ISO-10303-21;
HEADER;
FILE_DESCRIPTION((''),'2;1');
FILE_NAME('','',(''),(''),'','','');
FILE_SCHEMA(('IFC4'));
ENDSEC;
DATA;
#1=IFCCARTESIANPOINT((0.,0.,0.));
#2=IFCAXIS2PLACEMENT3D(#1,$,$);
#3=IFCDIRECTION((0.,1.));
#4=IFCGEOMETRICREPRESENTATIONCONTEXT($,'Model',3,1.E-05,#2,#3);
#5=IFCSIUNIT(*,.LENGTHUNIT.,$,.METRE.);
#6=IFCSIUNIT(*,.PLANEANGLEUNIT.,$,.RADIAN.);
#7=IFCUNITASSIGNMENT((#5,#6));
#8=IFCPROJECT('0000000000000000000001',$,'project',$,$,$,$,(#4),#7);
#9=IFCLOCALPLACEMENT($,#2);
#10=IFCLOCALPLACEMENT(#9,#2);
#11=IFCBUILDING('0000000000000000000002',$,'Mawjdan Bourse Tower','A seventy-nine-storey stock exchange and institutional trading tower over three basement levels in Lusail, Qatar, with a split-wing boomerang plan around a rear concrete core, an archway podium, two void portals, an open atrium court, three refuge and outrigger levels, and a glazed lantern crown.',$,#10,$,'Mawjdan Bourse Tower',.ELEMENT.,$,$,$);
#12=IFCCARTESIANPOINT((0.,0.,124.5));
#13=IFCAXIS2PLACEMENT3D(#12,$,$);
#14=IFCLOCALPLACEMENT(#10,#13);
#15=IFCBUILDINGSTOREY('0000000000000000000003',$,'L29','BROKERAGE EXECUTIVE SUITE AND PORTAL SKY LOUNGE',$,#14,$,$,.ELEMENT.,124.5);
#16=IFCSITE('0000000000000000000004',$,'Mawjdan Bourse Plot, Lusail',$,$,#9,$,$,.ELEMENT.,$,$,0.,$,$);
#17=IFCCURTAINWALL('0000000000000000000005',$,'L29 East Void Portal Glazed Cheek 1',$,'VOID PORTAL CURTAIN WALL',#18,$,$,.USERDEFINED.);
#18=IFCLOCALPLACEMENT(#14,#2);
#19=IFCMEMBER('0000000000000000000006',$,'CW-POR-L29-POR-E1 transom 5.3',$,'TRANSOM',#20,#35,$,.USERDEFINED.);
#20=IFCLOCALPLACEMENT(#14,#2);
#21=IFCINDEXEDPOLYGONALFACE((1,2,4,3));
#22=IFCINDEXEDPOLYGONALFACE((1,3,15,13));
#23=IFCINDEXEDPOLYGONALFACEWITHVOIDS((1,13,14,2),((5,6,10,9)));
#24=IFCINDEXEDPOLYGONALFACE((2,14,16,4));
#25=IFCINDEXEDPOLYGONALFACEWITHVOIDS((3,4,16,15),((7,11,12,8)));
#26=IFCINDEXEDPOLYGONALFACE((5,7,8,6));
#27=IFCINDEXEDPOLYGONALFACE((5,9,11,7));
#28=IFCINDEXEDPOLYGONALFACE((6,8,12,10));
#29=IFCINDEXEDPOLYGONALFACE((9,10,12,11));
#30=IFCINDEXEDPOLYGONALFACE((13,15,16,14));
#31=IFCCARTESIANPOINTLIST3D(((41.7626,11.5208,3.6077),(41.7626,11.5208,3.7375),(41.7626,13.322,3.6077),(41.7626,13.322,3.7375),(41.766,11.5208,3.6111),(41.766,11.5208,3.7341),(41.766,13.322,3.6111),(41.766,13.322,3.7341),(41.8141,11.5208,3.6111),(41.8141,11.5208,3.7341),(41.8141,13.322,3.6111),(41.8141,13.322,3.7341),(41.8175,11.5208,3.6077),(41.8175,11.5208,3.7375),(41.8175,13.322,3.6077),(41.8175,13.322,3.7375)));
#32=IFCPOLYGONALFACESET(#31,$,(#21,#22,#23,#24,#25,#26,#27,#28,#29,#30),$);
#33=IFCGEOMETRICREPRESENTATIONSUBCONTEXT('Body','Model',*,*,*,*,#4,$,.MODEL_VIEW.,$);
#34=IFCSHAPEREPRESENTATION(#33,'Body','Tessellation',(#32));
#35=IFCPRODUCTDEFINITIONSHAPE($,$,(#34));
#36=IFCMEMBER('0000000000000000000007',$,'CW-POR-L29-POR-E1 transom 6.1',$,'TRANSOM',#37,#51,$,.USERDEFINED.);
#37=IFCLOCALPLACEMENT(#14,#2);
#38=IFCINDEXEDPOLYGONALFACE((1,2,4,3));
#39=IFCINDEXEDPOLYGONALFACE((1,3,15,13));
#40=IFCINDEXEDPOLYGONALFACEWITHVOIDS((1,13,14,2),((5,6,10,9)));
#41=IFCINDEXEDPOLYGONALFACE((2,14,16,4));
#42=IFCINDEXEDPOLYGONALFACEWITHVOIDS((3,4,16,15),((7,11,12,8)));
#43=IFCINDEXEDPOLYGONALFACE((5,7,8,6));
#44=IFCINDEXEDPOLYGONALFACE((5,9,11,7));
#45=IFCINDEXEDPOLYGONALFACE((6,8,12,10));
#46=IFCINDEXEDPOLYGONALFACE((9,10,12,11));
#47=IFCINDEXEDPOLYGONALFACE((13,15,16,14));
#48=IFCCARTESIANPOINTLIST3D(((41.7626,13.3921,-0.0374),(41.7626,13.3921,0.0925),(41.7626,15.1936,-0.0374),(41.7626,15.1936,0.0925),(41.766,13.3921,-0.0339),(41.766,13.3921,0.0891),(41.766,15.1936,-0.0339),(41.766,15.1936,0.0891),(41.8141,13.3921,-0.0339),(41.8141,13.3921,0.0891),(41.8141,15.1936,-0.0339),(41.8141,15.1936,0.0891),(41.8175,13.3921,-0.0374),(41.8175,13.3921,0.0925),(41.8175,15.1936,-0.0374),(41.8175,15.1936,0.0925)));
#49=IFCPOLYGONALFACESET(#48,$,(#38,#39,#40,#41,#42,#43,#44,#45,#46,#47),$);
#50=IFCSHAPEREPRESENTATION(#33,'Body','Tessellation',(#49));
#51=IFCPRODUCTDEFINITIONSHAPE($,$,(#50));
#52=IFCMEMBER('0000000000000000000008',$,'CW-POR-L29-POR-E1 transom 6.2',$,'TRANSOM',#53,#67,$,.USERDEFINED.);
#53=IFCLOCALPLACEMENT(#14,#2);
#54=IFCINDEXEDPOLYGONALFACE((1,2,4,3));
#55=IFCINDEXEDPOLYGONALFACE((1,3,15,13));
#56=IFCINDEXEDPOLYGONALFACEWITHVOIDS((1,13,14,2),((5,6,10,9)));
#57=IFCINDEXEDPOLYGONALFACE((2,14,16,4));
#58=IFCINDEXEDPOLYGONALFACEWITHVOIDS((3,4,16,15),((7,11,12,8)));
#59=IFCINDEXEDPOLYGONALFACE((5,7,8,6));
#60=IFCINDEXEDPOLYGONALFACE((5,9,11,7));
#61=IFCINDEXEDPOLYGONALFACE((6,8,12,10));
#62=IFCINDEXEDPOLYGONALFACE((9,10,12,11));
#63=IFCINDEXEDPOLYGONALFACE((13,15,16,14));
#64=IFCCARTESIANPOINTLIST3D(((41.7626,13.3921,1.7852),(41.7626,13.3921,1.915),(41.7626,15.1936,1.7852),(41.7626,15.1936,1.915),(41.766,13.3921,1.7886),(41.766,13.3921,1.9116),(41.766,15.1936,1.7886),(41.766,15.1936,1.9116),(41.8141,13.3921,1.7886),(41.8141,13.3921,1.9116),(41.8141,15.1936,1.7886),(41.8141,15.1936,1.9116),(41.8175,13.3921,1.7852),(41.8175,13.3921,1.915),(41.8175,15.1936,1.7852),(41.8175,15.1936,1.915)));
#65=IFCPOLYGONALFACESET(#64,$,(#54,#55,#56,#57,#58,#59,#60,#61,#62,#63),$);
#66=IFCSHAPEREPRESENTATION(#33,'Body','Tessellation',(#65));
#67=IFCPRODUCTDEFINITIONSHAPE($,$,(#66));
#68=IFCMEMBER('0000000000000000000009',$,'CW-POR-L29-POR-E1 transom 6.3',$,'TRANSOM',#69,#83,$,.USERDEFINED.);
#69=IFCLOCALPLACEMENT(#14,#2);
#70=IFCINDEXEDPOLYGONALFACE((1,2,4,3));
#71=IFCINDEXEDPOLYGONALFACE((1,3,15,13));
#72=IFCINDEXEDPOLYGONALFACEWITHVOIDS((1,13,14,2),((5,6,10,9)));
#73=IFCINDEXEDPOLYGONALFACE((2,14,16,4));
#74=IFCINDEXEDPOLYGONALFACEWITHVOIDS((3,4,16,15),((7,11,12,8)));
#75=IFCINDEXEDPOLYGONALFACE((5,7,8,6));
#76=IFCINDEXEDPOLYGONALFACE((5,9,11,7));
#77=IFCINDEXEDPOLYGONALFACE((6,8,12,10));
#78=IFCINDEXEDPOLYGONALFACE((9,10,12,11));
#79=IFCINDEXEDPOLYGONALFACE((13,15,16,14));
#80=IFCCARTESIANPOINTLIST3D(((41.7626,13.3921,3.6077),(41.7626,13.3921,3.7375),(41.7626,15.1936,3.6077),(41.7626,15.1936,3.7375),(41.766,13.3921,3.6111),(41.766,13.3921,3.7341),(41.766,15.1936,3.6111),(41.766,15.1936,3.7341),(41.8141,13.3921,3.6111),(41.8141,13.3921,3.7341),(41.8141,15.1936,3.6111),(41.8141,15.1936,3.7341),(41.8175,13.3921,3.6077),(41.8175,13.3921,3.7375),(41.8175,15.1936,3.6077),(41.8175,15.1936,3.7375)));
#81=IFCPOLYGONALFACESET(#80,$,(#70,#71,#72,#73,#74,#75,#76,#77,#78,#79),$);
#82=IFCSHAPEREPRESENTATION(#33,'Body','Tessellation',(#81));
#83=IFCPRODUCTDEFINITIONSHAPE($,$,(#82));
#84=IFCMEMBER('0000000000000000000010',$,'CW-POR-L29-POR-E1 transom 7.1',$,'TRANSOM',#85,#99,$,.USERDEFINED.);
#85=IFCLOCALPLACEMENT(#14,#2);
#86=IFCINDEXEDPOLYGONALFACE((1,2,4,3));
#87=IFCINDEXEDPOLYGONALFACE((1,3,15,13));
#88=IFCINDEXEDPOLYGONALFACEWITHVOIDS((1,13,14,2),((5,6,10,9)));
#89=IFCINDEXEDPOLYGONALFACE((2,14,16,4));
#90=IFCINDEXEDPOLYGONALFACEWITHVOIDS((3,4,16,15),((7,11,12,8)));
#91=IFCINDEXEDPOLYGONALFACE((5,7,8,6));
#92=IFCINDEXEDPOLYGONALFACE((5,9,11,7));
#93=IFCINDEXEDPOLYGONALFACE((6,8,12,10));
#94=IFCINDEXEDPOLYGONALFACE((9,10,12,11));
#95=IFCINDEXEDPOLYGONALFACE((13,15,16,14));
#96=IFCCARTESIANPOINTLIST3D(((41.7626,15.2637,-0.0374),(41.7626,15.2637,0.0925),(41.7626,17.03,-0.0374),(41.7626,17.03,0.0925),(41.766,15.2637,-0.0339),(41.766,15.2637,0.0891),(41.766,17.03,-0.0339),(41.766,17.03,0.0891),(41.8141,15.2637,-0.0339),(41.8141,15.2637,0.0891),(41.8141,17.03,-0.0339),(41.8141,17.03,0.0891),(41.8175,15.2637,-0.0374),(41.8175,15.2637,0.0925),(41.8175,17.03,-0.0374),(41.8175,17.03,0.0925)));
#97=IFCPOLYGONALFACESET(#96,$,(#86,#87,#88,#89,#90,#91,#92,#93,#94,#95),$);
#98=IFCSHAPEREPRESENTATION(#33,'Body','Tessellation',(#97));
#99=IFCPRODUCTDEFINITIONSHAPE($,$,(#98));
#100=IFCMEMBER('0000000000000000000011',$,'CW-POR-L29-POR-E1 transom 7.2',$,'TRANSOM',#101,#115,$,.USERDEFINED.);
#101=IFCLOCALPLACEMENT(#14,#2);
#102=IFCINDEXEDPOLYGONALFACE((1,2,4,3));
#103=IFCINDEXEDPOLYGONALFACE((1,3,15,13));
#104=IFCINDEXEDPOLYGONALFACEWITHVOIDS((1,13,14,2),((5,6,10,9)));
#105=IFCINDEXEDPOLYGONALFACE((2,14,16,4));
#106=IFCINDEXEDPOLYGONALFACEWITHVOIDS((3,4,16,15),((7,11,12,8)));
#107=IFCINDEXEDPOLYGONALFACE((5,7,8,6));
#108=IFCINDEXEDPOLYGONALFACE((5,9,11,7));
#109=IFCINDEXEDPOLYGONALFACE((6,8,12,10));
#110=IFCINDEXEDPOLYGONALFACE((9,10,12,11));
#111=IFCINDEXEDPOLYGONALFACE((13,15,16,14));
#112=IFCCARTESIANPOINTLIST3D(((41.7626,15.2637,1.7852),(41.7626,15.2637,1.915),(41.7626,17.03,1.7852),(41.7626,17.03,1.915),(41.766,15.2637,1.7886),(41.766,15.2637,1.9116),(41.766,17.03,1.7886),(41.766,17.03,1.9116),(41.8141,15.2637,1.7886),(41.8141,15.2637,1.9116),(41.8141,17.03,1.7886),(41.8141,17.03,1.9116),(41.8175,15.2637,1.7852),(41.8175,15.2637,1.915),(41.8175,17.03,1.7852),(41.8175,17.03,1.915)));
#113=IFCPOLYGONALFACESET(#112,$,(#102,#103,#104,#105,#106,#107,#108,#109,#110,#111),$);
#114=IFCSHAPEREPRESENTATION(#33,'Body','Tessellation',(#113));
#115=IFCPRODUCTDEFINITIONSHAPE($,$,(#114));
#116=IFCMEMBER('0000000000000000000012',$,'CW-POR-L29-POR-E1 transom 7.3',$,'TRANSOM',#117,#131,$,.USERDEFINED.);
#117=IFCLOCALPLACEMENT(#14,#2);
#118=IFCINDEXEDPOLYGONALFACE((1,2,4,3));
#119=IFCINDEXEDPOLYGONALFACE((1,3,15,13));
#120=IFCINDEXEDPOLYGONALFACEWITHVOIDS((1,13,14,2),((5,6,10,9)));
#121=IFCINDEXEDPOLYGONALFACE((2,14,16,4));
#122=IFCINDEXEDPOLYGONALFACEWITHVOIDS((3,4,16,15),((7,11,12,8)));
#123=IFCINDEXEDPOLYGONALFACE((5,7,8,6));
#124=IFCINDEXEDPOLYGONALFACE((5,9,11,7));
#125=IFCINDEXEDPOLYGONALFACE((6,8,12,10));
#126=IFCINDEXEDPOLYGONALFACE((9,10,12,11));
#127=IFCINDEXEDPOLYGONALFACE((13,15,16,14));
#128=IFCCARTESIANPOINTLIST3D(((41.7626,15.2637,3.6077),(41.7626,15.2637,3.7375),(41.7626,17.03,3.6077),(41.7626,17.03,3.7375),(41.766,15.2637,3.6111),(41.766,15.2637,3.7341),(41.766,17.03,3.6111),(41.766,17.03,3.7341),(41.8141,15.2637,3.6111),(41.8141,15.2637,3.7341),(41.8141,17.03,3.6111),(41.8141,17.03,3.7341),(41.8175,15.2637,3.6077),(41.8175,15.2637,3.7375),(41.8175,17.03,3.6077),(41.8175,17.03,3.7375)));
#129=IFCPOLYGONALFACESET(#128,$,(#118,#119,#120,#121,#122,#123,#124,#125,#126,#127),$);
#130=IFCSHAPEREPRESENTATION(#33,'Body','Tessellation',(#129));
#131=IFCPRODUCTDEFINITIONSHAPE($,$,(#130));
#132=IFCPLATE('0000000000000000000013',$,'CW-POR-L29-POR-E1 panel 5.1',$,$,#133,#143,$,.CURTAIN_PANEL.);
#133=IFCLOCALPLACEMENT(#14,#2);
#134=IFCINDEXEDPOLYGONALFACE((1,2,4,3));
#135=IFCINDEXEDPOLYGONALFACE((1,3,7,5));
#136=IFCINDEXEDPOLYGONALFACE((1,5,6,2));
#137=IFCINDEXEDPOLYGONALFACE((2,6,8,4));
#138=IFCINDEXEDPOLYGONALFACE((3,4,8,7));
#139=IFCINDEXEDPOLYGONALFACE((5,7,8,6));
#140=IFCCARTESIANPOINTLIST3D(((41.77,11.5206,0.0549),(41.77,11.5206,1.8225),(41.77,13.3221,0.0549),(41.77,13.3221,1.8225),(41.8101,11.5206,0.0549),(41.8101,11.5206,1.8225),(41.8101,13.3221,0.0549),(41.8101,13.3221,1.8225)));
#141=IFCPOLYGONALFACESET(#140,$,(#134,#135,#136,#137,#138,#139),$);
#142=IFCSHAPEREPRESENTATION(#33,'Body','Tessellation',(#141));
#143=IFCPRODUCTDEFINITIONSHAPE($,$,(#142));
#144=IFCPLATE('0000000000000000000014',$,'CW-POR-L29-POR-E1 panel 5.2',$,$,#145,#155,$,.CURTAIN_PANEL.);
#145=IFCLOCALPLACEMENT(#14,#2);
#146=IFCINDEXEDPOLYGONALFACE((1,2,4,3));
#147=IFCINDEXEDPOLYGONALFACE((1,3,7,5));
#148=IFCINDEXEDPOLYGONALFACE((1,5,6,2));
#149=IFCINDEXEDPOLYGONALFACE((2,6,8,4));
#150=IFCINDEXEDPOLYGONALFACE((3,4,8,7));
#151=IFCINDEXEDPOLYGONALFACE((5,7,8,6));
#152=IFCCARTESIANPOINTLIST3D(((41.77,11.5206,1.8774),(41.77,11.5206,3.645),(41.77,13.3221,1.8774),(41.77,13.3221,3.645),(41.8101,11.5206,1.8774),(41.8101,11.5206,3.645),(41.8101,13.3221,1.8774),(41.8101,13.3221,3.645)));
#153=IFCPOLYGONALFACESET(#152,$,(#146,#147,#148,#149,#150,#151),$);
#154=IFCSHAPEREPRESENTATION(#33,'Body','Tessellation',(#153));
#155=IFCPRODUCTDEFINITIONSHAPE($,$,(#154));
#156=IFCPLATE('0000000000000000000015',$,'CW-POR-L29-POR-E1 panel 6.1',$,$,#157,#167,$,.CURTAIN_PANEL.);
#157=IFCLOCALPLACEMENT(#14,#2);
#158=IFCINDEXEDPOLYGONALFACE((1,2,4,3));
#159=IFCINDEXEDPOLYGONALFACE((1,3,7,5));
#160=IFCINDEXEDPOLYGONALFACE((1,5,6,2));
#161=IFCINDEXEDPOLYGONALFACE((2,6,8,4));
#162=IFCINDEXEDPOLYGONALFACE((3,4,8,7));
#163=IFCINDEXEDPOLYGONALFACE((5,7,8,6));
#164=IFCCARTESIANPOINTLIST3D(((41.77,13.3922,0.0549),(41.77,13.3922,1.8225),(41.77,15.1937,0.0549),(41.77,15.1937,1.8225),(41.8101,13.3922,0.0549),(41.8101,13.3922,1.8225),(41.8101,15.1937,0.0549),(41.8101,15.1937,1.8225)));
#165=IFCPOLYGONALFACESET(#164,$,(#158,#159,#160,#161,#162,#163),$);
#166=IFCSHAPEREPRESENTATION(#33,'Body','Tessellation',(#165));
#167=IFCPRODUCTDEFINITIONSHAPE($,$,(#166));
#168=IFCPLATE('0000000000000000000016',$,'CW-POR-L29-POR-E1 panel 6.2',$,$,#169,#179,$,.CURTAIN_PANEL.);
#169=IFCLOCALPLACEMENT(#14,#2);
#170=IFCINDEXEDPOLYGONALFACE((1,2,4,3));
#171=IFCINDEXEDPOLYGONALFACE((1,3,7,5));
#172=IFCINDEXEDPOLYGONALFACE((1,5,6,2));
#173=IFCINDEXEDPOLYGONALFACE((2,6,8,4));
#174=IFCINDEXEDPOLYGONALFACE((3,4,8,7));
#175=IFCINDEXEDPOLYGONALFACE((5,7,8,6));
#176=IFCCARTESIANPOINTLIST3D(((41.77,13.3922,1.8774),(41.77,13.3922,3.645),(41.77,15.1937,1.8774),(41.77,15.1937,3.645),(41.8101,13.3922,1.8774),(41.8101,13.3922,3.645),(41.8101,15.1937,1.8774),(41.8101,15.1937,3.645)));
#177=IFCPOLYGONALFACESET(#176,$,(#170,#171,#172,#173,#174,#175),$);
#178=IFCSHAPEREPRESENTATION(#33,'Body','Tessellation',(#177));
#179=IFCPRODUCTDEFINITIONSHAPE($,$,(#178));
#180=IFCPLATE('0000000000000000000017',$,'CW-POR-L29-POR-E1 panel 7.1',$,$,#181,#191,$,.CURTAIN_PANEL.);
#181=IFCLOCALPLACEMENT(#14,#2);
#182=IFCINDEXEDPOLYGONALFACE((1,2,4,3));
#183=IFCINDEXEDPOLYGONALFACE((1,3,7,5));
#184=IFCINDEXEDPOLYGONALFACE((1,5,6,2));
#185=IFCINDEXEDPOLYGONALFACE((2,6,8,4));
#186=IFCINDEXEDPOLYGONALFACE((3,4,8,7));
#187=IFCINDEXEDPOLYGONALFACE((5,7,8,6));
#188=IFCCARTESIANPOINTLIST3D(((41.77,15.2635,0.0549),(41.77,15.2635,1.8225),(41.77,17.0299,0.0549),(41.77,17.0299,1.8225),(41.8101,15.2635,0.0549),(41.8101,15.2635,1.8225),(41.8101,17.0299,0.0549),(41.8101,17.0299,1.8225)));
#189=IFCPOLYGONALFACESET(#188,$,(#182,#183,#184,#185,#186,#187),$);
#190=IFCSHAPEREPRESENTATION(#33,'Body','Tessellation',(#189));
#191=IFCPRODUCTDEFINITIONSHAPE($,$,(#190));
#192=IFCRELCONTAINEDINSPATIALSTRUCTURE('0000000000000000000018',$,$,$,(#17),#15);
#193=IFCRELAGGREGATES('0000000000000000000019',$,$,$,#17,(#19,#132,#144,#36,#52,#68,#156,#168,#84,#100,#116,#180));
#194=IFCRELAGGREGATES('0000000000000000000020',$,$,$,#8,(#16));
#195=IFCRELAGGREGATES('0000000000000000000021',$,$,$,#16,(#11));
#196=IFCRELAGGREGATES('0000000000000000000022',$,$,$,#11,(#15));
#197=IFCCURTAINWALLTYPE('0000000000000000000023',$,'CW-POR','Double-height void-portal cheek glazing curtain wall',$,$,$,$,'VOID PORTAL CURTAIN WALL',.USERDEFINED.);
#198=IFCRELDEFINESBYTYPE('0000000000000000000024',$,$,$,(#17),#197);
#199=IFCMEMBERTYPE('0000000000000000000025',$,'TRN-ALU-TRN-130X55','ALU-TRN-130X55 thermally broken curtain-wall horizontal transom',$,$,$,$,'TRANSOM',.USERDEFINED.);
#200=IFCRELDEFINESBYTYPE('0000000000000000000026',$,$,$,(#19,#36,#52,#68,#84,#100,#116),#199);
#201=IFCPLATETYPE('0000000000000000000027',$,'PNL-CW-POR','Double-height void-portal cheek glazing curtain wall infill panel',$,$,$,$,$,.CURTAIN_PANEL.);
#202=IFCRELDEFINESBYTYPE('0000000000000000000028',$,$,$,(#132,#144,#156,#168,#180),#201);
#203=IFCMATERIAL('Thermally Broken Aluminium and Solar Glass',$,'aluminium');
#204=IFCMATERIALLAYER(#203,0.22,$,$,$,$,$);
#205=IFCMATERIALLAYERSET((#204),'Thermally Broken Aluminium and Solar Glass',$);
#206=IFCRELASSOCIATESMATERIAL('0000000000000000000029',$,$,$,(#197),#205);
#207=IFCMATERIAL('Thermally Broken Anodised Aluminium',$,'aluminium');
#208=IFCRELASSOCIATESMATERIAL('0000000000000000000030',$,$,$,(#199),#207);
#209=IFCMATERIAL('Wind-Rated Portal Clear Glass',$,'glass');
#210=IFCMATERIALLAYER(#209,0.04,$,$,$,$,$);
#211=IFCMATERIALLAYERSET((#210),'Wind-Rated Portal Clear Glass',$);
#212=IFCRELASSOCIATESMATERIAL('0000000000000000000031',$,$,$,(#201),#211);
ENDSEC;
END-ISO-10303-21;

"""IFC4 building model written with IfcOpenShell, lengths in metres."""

from ifc_helpers import new_model, si_unit, direction, frame, origin, origin_2d, place, context, subcontext, project, spatial, rectangle, hollow_rectangle, extrude, material, layer, layer_set, material_profile, profile_set, type_object, element, aggregate, save


model = new_model("IFC4")

# Units and contexts
model_context = context("Model", 3, precision=1e-05, world=origin(), true_north=direction((0.0, 1.0)))
body_context = subcontext(model_context, "Body", "Model", "MODEL_VIEW")
ifc_project = project(units=[si_unit("LENGTHUNIT", "METRE"), si_unit("PLANEANGLEUNIT", "RADIAN")], contexts=[model_context])

# Site, building, storey
site_placement = place(None, origin())
site = spatial("IfcSite", under=ifc_project, at=site_placement, Name="Mawjdan Bourse Plot, Lusail", CompositionType="ELEMENT", RefElevation=0.0)
building_placement = place(site_placement, origin())
building = spatial("IfcBuilding", under=site, at=building_placement, Name="Mawjdan Bourse Tower", Description="A seventy-nine-storey stock exchange and institutional trading tower over three basement levels in Lusail, Qatar, with a split-wing boomerang plan around a rear concrete core, an archway podium, two void portals, an open atrium court, three refuge and outrigger levels, and a glazed lantern crown.", LongName="Mawjdan Bourse Tower", CompositionType="ELEMENT")
storey_placement = place(building_placement, frame((0.0, 0.0, 124.5)))
storey = spatial("IfcBuildingStorey", under=building, at=storey_placement, Name="L29", Description="BROKERAGE EXECUTIVE SUITE AND PORTAL SKY LOUNGE", CompositionType="ELEMENT", Elevation=124.5)

# Curtain wall, members, plates
ifc_material_1 = material(Name="Thermally Broken Aluminium and Solar Glass", Category="aluminium")
ifc_layer_1 = layer(ifc_material_1, 0.22)
ifc_layer_set_1 = layer_set([ifc_layer_1], Name="Thermally Broken Aluminium and Solar Glass")
curtain_wall_type = type_object("IfcCurtainWallType", Name="CW-POR", Description="Double-height void-portal cheek glazing curtain wall", ElementType="VOID PORTAL CURTAIN WALL", PredefinedType="USERDEFINED", material=ifc_layer_set_1)
curtain_wall_placement = place(storey_placement, origin())
curtain_wall = element("IfcCurtainWall", 1, at=curtain_wall_placement, inside=storey, type_object=curtain_wall_type, Name="L29 East Void Portal Glazed Cheek 1", ObjectType="VOID PORTAL CURTAIN WALL", PredefinedType="USERDEFINED")
ifc_material_2 = material(Name="Thermally Broken Anodised Aluminium", Category="aluminium")
ifc_material_profile_1 = material_profile(ifc_material_2, hollow_rectangle(XDim=0.0549, YDim=0.1299, WallThickness=0.0034, at=origin_2d()), Name="ALU-TRN-130X55")
ifc_profile_set_1 = profile_set([ifc_material_profile_1], Name="Thermally Broken Anodised Aluminium")
member_type_1 = type_object("IfcMemberType", Name="TRN-ALU-TRN-130X55", Description="ALU-TRN-130X55 thermally broken curtain-wall horizontal transom", ElementType="TRANSOM", PredefinedType="USERDEFINED", material=ifc_profile_set_1)
member_1_placement = place(storey_placement, frame((41.79, 11.5208, 3.6726), z_axis=(0.0, 1.0, 0.0), x_axis=(-1.0, 0.0, 0.0)))
member_1 = element("IfcMember", 2, at=member_1_placement, type_object=member_type_1, Name="CW-POR-L29-POR-E1 transom 5.3", ObjectType="TRANSOM", PredefinedType="USERDEFINED", context=body_context, shape_type="SweptSolid", body=[
    extrude(hollow_rectangle(XDim=0.0549, YDim=0.1299, WallThickness=0.0034, at=origin_2d()), origin(), (0.0, 0.0, 1.0), 1.8013),
])
member_2_placement = place(storey_placement, frame((41.79, 13.3921, 0.0276), z_axis=(0.0, 1.0, 0.0), x_axis=(-1.0, 0.0, 0.0)))
member_2 = element("IfcMember", 3, at=member_2_placement, type_object=member_type_1, Name="CW-POR-L29-POR-E1 transom 6.1", ObjectType="TRANSOM", PredefinedType="USERDEFINED", context=body_context, shape_type="SweptSolid", body=[
    extrude(hollow_rectangle(XDim=0.0549, YDim=0.1299, WallThickness=0.0034, at=origin_2d()), origin(), (0.0, 0.0, 1.0), 1.8015),
])
member_3_placement = place(storey_placement, frame((41.79, 13.3921, 1.8501), z_axis=(0.0, 1.0, 0.0), x_axis=(-1.0, 0.0, 0.0)))
member_3 = element("IfcMember", 4, at=member_3_placement, type_object=member_type_1, Name="CW-POR-L29-POR-E1 transom 6.2", ObjectType="TRANSOM", PredefinedType="USERDEFINED", context=body_context, shape_type="SweptSolid", body=[
    extrude(hollow_rectangle(XDim=0.0549, YDim=0.1299, WallThickness=0.0034, at=origin_2d()), origin(), (0.0, 0.0, 1.0), 1.8015),
])
member_4_placement = place(storey_placement, frame((41.79, 13.3921, 3.6726), z_axis=(0.0, 1.0, 0.0), x_axis=(-1.0, 0.0, 0.0)))
member_4 = element("IfcMember", 5, at=member_4_placement, type_object=member_type_1, Name="CW-POR-L29-POR-E1 transom 6.3", ObjectType="TRANSOM", PredefinedType="USERDEFINED", context=body_context, shape_type="SweptSolid", body=[
    extrude(hollow_rectangle(XDim=0.0549, YDim=0.1299, WallThickness=0.0034, at=origin_2d()), origin(), (0.0, 0.0, 1.0), 1.8015),
])
member_5_placement = place(storey_placement, frame((41.79, 15.2637, 0.0276), z_axis=(0.0, 1.0, 0.0), x_axis=(-1.0, 0.0, 0.0)))
member_5 = element("IfcMember", 6, at=member_5_placement, type_object=member_type_1, Name="CW-POR-L29-POR-E1 transom 7.1", ObjectType="TRANSOM", PredefinedType="USERDEFINED", context=body_context, shape_type="SweptSolid", body=[
    extrude(hollow_rectangle(XDim=0.0549, YDim=0.1299, WallThickness=0.0034, at=origin_2d()), origin(), (0.0, 0.0, 1.0), 1.7664),
])
member_6_placement = place(storey_placement, frame((41.79, 15.2637, 1.8501), z_axis=(0.0, 1.0, 0.0), x_axis=(-1.0, 0.0, 0.0)))
member_6 = element("IfcMember", 7, at=member_6_placement, type_object=member_type_1, Name="CW-POR-L29-POR-E1 transom 7.2", ObjectType="TRANSOM", PredefinedType="USERDEFINED", context=body_context, shape_type="SweptSolid", body=[
    extrude(hollow_rectangle(XDim=0.0549, YDim=0.1299, WallThickness=0.0034, at=origin_2d()), origin(), (0.0, 0.0, 1.0), 1.7664),
])
member_7_placement = place(storey_placement, frame((41.79, 15.2637, 3.6726), z_axis=(0.0, 1.0, 0.0), x_axis=(-1.0, 0.0, 0.0)))
member_7 = element("IfcMember", 8, at=member_7_placement, type_object=member_type_1, Name="CW-POR-L29-POR-E1 transom 7.3", ObjectType="TRANSOM", PredefinedType="USERDEFINED", context=body_context, shape_type="SweptSolid", body=[
    extrude(hollow_rectangle(XDim=0.0549, YDim=0.1299, WallThickness=0.0034, at=origin_2d()), origin(), (0.0, 0.0, 1.0), 1.7664),
])
ifc_material_3 = material(Name="Wind-Rated Portal Clear Glass", Category="glass")
ifc_layer_2 = layer(ifc_material_3, 0.04)
ifc_layer_set_2 = layer_set([ifc_layer_2], Name="Wind-Rated Portal Clear Glass")
plate_type = type_object("IfcPlateType", Name="PNL-CW-POR", Description="Double-height void-portal cheek glazing curtain wall infill panel", PredefinedType="CURTAIN_PANEL", material=ifc_layer_set_2)
plate_1_placement = place(storey_placement, frame((41.79, 12.4214, 0.0549), z_axis=(0.0, 0.0, 1.0), x_axis=(0.0, 1.0, 0.0)))
plate_1 = element("IfcPlate", 9, at=plate_1_placement, type_object=plate_type, Name="CW-POR-L29-POR-E1 panel 5.1", PredefinedType="CURTAIN_PANEL", context=body_context, shape_type="SweptSolid", body=[
    extrude(rectangle(XDim=1.8015, YDim=0.04, at=origin_2d()), origin(), (0.0, 0.0, 1.0), 1.7676),
])
plate_2_placement = place(storey_placement, frame((41.79, 12.4214, 1.8774), z_axis=(0.0, 0.0, 1.0), x_axis=(0.0, 1.0, 0.0)))
plate_2 = element("IfcPlate", 10, at=plate_2_placement, type_object=plate_type, Name="CW-POR-L29-POR-E1 panel 5.2", PredefinedType="CURTAIN_PANEL", context=body_context, shape_type="SweptSolid", body=[
    extrude(rectangle(XDim=1.8015, YDim=0.04, at=origin_2d()), origin(), (0.0, 0.0, 1.0), 1.7676),
])
plate_3_placement = place(storey_placement, frame((41.79, 14.293, 0.0549), z_axis=(0.0, 0.0, 1.0), x_axis=(0.0, 1.0, 0.0)))
plate_3 = element("IfcPlate", 11, at=plate_3_placement, type_object=plate_type, Name="CW-POR-L29-POR-E1 panel 6.1", PredefinedType="CURTAIN_PANEL", context=body_context, shape_type="SweptSolid", body=[
    extrude(rectangle(XDim=1.8015, YDim=0.04, at=origin_2d()), origin(), (0.0, 0.0, 1.0), 1.7676),
])
plate_4_placement = place(storey_placement, frame((41.79, 14.293, 1.8774), z_axis=(0.0, 0.0, 1.0), x_axis=(0.0, 1.0, 0.0)))
plate_4 = element("IfcPlate", 12, at=plate_4_placement, type_object=plate_type, Name="CW-POR-L29-POR-E1 panel 6.2", PredefinedType="CURTAIN_PANEL", context=body_context, shape_type="SweptSolid", body=[
    extrude(rectangle(XDim=1.8015, YDim=0.04, at=origin_2d()), origin(), (0.0, 0.0, 1.0), 1.7676),
])
plate_5_placement = place(storey_placement, frame((41.79, 16.1467, 0.0549), z_axis=(0.0, 0.0, 1.0), x_axis=(0.0, 1.0, 0.0)))
plate_5 = element("IfcPlate", 13, at=plate_5_placement, type_object=plate_type, Name="CW-POR-L29-POR-E1 panel 7.1", PredefinedType="CURTAIN_PANEL", context=body_context, shape_type="SweptSolid", body=[
    extrude(rectangle(XDim=1.7664, YDim=0.04, at=origin_2d()), origin(), (0.0, 0.0, 1.0), 1.7676),
])
aggregate(curtain_wall, [member_1, plate_1, plate_2, member_2, member_3, member_4, plate_3, plate_4, member_5, member_6, member_7, plate_5])

save(model, "model.ifc")
